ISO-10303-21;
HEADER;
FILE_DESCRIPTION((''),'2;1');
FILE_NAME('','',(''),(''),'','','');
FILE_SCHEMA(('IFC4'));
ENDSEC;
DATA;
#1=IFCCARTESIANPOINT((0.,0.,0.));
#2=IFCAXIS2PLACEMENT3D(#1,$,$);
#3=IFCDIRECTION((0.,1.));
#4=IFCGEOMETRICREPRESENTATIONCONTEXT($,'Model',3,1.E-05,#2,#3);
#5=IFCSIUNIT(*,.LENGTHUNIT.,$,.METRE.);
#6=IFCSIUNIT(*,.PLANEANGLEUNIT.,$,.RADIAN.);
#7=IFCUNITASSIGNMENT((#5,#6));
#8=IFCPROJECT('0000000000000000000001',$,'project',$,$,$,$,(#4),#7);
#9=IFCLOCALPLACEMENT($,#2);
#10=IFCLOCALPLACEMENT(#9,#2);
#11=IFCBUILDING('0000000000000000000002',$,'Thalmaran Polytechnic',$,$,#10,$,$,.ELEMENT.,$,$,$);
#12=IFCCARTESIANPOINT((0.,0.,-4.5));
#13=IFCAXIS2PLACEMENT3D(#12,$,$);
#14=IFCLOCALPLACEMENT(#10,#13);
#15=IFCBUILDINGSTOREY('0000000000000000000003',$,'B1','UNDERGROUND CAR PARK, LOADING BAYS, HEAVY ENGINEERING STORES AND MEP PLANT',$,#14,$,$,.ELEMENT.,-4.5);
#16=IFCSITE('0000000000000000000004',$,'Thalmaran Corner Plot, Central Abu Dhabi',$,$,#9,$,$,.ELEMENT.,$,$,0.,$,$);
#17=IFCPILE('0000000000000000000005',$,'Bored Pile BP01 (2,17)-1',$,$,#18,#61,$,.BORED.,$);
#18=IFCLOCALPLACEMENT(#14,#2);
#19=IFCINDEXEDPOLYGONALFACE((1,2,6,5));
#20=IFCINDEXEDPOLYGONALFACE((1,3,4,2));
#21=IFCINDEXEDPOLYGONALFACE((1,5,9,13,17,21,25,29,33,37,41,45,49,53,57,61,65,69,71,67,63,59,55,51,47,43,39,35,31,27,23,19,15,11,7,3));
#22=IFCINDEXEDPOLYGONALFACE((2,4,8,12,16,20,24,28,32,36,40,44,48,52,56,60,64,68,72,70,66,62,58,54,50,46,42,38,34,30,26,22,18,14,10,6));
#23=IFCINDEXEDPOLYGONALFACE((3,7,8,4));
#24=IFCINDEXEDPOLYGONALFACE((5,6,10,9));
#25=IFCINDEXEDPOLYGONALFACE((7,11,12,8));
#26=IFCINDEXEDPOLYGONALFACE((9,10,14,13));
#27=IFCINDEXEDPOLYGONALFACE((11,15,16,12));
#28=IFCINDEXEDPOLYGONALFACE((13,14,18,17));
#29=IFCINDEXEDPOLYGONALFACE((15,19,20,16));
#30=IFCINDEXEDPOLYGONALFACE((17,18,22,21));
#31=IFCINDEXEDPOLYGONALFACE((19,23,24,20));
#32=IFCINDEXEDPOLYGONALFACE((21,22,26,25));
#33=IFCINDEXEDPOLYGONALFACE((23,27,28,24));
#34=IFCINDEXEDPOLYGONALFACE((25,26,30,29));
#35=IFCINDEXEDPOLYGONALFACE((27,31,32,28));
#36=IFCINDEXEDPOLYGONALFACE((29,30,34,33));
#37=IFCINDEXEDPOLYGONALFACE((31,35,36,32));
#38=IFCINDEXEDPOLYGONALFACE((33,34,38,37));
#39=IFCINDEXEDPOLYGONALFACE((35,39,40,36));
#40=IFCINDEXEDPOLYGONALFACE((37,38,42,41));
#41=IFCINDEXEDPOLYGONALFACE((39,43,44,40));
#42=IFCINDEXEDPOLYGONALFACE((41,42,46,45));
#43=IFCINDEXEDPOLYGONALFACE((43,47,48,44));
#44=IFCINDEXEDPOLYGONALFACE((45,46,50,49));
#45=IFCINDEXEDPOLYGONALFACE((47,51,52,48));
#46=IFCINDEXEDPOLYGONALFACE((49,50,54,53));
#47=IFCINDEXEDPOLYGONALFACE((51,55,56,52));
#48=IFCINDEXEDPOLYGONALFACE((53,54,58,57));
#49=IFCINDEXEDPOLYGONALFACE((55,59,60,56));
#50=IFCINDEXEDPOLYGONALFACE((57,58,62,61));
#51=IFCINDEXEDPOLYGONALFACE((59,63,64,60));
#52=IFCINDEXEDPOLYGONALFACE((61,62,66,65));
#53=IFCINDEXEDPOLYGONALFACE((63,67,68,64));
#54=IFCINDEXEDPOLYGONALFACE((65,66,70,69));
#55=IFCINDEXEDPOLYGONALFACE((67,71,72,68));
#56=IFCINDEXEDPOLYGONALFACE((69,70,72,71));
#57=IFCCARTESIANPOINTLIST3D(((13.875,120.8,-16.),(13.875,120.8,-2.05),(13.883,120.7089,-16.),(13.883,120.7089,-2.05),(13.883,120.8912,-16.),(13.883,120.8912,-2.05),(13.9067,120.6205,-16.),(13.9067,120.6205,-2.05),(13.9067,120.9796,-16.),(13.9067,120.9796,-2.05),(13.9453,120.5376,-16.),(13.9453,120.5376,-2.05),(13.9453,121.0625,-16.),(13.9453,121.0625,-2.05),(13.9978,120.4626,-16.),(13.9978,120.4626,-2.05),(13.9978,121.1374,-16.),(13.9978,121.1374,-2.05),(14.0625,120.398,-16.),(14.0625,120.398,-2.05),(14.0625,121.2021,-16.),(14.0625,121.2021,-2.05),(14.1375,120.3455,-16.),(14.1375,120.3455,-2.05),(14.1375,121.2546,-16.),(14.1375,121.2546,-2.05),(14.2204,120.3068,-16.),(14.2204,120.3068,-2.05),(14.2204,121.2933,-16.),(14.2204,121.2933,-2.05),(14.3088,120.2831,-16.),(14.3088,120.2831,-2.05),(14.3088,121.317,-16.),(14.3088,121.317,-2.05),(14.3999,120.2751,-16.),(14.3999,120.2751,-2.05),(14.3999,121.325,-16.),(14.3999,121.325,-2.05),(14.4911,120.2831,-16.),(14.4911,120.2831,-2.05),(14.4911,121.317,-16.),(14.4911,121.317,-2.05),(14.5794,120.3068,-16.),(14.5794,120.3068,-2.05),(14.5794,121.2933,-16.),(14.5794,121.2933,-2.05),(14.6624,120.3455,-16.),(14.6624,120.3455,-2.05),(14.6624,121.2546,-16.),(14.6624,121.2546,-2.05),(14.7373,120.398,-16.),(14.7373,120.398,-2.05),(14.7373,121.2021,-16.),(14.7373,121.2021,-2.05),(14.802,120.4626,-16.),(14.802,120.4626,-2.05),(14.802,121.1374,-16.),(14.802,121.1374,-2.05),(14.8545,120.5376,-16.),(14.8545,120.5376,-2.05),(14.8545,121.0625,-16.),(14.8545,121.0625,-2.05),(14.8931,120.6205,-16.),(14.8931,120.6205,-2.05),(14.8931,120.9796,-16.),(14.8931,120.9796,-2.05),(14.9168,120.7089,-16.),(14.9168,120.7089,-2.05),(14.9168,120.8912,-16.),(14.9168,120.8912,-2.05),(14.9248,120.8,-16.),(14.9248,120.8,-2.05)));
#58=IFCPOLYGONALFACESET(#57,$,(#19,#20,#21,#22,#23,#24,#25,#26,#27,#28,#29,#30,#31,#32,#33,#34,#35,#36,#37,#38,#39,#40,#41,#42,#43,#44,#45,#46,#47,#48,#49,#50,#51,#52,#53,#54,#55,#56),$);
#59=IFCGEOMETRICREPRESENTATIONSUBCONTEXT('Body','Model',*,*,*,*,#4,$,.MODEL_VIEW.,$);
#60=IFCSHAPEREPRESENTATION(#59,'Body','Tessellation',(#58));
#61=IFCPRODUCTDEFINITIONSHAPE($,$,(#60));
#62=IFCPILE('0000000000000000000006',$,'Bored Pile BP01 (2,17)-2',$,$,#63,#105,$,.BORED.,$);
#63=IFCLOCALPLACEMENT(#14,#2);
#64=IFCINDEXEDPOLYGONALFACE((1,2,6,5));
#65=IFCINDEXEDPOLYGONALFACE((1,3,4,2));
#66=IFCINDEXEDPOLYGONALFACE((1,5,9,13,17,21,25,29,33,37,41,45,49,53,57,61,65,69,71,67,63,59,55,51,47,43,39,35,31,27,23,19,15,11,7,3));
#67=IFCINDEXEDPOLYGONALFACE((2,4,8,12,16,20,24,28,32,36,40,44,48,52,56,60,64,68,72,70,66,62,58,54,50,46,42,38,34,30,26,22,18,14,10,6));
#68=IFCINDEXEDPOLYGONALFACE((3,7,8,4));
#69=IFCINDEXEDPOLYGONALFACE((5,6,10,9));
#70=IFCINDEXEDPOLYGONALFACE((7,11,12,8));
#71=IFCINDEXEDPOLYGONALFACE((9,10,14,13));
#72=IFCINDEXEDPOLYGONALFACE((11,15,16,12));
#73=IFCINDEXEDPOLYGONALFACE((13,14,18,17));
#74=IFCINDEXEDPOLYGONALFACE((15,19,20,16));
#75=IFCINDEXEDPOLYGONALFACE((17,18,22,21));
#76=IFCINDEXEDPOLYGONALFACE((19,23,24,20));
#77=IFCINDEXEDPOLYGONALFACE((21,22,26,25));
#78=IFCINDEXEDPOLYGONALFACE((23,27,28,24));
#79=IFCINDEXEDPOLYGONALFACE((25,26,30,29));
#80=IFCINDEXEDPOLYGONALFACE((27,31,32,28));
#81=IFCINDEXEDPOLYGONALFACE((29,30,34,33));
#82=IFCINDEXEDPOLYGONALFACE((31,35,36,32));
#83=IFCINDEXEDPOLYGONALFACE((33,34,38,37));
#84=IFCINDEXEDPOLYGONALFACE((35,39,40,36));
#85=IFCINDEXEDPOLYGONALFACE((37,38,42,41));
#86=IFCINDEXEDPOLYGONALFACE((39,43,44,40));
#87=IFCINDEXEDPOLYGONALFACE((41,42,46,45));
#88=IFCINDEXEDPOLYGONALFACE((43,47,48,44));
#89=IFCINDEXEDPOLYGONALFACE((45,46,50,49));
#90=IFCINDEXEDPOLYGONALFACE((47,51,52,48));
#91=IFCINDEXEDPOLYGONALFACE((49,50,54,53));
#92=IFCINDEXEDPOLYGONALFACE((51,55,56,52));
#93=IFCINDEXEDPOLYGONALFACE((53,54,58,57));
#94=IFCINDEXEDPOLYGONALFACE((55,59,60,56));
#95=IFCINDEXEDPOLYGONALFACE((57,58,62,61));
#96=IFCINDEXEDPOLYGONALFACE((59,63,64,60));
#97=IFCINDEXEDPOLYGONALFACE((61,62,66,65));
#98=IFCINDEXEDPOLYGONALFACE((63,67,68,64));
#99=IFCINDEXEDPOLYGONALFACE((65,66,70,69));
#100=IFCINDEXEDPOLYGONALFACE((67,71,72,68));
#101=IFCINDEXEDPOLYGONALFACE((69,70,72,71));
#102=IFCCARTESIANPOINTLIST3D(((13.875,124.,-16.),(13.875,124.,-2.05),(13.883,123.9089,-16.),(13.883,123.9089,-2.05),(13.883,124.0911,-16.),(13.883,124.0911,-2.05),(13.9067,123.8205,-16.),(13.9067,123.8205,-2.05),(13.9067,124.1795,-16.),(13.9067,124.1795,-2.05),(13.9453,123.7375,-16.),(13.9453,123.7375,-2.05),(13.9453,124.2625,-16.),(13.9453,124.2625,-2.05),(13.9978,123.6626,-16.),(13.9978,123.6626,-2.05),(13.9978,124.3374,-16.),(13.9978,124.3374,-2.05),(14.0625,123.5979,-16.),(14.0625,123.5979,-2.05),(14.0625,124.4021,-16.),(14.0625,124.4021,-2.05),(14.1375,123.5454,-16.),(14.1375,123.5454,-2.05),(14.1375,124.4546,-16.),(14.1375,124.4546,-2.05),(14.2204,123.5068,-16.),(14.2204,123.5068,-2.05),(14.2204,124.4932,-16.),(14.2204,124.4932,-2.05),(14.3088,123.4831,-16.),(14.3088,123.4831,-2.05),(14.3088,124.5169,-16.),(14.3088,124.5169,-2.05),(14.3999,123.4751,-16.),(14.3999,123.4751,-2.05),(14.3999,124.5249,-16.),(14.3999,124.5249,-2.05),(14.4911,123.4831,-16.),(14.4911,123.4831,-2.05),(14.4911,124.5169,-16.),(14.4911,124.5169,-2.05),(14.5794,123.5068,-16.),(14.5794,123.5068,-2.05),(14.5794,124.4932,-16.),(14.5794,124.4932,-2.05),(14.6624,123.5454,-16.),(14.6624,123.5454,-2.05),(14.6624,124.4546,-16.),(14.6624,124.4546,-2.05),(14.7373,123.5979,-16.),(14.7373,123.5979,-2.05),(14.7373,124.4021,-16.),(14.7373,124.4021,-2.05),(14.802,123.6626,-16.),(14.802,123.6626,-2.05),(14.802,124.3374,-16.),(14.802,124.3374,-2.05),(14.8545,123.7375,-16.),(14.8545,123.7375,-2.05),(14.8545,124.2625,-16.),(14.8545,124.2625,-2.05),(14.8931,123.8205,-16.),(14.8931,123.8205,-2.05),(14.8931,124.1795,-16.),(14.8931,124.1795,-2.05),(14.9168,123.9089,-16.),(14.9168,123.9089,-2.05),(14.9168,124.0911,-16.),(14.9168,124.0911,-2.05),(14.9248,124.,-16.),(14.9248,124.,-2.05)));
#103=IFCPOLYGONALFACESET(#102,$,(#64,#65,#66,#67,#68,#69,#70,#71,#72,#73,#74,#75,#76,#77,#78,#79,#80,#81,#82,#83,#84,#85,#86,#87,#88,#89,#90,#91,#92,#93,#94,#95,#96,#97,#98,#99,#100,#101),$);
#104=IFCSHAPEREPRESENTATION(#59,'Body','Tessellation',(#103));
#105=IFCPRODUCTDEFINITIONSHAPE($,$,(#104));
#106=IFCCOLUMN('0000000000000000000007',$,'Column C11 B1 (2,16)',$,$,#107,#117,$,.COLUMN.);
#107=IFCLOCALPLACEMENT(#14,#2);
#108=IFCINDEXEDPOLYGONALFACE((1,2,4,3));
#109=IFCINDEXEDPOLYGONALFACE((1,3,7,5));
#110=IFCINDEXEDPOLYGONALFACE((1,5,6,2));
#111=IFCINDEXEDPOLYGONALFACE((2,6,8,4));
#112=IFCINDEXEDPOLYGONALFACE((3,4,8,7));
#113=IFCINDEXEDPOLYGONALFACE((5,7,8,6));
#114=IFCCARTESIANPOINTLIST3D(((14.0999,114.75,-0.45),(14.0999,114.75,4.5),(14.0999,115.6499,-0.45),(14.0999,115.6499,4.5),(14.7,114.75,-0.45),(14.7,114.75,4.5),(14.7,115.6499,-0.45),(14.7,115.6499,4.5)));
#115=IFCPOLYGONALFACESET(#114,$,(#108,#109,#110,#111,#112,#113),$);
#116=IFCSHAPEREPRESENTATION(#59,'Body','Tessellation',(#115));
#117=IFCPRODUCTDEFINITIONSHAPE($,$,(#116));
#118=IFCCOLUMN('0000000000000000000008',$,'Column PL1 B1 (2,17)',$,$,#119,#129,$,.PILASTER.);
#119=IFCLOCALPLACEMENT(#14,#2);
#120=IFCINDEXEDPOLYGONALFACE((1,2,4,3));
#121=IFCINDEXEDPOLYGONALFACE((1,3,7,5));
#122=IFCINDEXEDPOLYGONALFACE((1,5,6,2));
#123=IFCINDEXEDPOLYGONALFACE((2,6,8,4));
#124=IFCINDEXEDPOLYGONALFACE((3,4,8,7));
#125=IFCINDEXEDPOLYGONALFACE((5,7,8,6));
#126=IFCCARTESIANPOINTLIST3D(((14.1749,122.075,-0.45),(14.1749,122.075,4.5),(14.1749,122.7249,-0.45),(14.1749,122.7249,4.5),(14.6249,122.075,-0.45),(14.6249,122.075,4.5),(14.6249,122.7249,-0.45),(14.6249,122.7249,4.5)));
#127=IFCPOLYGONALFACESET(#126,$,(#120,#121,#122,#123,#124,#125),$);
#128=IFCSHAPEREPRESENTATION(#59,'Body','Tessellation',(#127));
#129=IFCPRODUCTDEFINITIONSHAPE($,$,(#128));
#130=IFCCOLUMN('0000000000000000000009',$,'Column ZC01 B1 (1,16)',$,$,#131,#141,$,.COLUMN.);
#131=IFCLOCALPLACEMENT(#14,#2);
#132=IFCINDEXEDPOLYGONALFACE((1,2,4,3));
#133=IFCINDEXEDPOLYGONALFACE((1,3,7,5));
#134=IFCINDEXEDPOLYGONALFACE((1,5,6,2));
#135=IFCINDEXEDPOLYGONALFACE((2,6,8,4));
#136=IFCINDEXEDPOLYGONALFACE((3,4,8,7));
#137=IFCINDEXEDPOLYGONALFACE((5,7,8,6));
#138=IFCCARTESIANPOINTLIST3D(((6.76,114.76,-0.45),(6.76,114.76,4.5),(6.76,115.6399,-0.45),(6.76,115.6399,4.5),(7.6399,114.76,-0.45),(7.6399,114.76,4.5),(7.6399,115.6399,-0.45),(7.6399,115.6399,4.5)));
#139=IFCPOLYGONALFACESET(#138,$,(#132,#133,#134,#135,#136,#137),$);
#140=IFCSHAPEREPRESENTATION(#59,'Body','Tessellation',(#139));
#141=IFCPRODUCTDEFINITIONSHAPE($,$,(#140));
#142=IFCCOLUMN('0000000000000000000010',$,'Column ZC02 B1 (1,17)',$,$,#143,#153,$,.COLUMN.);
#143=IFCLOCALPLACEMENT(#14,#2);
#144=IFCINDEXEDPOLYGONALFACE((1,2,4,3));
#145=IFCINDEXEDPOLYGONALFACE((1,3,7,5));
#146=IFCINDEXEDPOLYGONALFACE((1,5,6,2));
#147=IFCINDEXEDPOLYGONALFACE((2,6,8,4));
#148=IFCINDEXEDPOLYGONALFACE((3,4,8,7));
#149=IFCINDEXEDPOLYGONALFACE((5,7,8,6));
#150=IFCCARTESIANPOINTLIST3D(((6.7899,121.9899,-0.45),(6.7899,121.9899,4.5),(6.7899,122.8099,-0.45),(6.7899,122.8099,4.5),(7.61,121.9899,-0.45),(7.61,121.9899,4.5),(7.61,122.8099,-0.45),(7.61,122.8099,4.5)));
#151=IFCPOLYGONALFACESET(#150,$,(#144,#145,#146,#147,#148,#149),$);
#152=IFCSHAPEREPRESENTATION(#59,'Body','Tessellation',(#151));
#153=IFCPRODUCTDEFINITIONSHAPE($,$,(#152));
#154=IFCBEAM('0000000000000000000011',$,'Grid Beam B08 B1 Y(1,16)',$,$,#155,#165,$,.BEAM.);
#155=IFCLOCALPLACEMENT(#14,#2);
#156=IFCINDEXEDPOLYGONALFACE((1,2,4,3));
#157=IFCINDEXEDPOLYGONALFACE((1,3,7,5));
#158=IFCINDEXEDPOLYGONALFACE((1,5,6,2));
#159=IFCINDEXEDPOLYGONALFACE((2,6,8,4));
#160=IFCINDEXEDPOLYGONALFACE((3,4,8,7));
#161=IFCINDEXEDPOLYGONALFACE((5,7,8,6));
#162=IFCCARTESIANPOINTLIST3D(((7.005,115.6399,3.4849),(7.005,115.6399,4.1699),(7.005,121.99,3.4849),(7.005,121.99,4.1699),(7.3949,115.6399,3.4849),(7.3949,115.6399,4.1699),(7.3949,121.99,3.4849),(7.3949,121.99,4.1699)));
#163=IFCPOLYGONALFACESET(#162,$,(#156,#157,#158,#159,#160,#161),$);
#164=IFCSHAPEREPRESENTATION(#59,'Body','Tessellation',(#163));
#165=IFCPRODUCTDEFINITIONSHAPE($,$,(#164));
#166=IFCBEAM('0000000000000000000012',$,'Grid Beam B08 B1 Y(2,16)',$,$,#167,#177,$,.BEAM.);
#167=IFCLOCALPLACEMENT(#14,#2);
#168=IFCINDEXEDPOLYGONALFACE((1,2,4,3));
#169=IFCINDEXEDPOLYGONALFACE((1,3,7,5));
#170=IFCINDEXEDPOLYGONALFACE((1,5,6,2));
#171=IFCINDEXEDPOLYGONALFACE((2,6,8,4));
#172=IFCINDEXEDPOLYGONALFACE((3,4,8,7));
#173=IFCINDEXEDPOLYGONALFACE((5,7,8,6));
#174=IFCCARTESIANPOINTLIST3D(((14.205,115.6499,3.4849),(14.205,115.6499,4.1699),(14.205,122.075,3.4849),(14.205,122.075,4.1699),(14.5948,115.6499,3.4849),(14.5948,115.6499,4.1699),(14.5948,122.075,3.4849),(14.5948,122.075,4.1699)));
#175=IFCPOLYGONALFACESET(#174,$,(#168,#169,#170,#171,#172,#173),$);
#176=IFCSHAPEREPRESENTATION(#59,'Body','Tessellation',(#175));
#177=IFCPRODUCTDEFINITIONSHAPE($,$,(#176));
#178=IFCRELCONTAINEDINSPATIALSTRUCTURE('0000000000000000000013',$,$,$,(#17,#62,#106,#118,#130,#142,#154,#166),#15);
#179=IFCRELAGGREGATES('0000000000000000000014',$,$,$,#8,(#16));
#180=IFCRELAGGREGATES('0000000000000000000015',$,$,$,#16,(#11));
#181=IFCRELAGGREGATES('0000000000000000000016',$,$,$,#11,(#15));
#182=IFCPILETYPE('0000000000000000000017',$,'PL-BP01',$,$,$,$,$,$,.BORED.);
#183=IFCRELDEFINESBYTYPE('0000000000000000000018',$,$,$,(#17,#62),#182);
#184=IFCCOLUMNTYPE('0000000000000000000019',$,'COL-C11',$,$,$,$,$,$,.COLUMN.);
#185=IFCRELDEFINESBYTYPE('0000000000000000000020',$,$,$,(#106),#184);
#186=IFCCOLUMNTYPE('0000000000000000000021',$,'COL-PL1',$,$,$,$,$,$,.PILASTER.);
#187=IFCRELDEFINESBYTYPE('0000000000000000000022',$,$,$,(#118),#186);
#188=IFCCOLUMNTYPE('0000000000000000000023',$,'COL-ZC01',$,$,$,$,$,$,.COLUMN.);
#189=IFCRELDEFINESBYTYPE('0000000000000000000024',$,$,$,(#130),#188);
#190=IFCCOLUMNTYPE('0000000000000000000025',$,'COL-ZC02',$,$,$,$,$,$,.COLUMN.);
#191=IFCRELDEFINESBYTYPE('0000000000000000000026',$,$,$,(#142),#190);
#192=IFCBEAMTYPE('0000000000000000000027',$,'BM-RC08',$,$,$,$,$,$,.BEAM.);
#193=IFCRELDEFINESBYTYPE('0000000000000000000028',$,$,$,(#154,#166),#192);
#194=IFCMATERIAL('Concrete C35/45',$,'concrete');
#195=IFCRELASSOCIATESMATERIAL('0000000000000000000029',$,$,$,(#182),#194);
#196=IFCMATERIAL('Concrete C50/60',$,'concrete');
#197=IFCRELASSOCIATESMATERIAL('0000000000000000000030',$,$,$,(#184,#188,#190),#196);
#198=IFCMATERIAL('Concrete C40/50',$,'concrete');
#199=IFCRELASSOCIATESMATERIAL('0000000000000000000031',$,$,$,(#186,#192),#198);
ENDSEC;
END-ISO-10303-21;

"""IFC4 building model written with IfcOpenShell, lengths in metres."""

from ifc_helpers import new_model, si_unit, direction, frame, origin, origin_2d, place, context, subcontext, project, spatial, rectangle, circle, extrude, material, material_profile, profile_set, type_object, element, save


model = new_model("IFC4")

# Units and contexts
model_context = context("Model", 3, precision=1e-05, world=origin(), true_north=direction((0.0, 1.0)))
body_context = subcontext(model_context, "Body", "Model", "MODEL_VIEW")
ifc_project = project(units=[si_unit("LENGTHUNIT", "METRE"), si_unit("PLANEANGLEUNIT", "RADIAN")], contexts=[model_context])

# Site, building, storey
site_placement = place(None, origin())
site = spatial("IfcSite", under=ifc_project, at=site_placement, Name="Thalmaran Corner Plot, Central Abu Dhabi", CompositionType="ELEMENT", RefElevation=0.0)
building_placement = place(site_placement, origin())
building = spatial("IfcBuilding", under=site, at=building_placement, Name="Thalmaran Polytechnic", CompositionType="ELEMENT")
storey_placement = place(building_placement, frame((0.0, 0.0, -4.5)))
storey = spatial("IfcBuildingStorey", under=building, at=storey_placement, Name="B1", Description="UNDERGROUND CAR PARK, LOADING BAYS, HEAVY ENGINEERING STORES AND MEP PLANT", CompositionType="ELEMENT", Elevation=-4.5)

# Shared definitions
ifc_material_1 = material(Name="Concrete C40/50", Category="concrete")

# Piles
ifc_material_2 = material(Name="Concrete C35/45", Category="concrete")
ifc_material_profile_1 = material_profile(ifc_material_2, circle(Radius=0.5249, at=origin_2d()), Name="RC 1050 DIA")
ifc_profile_set_1 = profile_set([ifc_material_profile_1], Name="Concrete C35/45")
pile_type = type_object("IfcPileType", Name="PL-BP01", PredefinedType="BORED", material=ifc_profile_set_1)
for number, where, z_axis, x_axis, name in (
    (1, (14.3999, 120.8, -2.05), (0.0, 0.0, -1.0), (1.0, 0.0, 0.0), "Bored Pile BP01 (2,17)-1"),
    (2, (14.3999, 124.0, -2.05), (0.0, 0.0, -1.0), (1.0, 0.0, 0.0), "Bored Pile BP01 (2,17)-2"),
):
    element("IfcPile", number, at=place(storey_placement, frame(where, z_axis=z_axis, x_axis=x_axis)), inside=storey, type_object=pile_type, Name=name, PredefinedType="BORED", context=body_context, shape_type="SweptSolid", body=[
        extrude(circle(Radius=0.5249, at=origin_2d()), origin(), (0.0, 0.0, 1.0), 13.95),
    ])

# Columns
ifc_material_3 = material(Name="Concrete C50/60", Category="concrete")
ifc_material_profile_2 = material_profile(ifc_material_3, rectangle(XDim=0.6001, YDim=0.8999, at=origin_2d()), Name="RC 600x900")
ifc_profile_set_2 = profile_set([ifc_material_profile_2], Name="Concrete C50/60")
column_type_1 = type_object("IfcColumnType", Name="COL-C11", PredefinedType="COLUMN", material=ifc_profile_set_2)
column_1_placement = place(storey_placement, frame((14.3999, 115.2, -0.45), z_axis=(0.0, 0.0, 1.0), x_axis=(1.0, 0.0, 0.0)))
element("IfcColumn", 3, at=column_1_placement, inside=storey, type_object=column_type_1, Name="Column C11 B1 (2,16)", PredefinedType="COLUMN", context=body_context, shape_type="SweptSolid", body=[
    extrude(rectangle(XDim=0.6001, YDim=0.8999, at=origin_2d()), origin(), (0.0, 0.0, 1.0), 4.95),
])
ifc_material_profile_3 = material_profile(ifc_material_1, rectangle(XDim=0.45, YDim=0.6499, at=origin_2d()), Name="RC 450x650")
ifc_profile_set_3 = profile_set([ifc_material_profile_3], Name="Concrete C40/50")
column_type_2 = type_object("IfcColumnType", Name="COL-PL1", PredefinedType="PILASTER", material=ifc_profile_set_3)
column_2_placement = place(storey_placement, frame((14.3999, 122.3999, -0.45), z_axis=(0.0, 0.0, 1.0), x_axis=(1.0, 0.0, 0.0)))
element("IfcColumn", 4, at=column_2_placement, inside=storey, type_object=column_type_2, Name="Column PL1 B1 (2,17)", PredefinedType="PILASTER", context=body_context, shape_type="SweptSolid", body=[
    extrude(rectangle(XDim=0.45, YDim=0.6499, at=origin_2d()), origin(), (0.0, 0.0, 1.0), 4.95),
])
ifc_material_profile_4 = material_profile(ifc_material_3, rectangle(XDim=0.8799, YDim=0.8799, at=origin_2d()), Name="RC 880x880")
ifc_profile_set_4 = profile_set([ifc_material_profile_4], Name="Concrete C50/60")
column_type_3 = type_object("IfcColumnType", Name="COL-ZC01", PredefinedType="COLUMN", material=ifc_profile_set_4)
column_3_placement = place(storey_placement, frame((7.2, 115.2, -0.45), z_axis=(0.0, 0.0, 1.0), x_axis=(1.0, 0.0, 0.0)))
element("IfcColumn", 5, at=column_3_placement, inside=storey, type_object=column_type_3, Name="Column ZC01 B1 (1,16)", PredefinedType="COLUMN", context=body_context, shape_type="SweptSolid", body=[
    extrude(rectangle(XDim=0.8799, YDim=0.8799, at=origin_2d()), origin(), (0.0, 0.0, 1.0), 4.95),
])
ifc_material_profile_5 = material_profile(ifc_material_3, rectangle(XDim=0.8201, YDim=0.8201, at=origin_2d()), Name="RC 820x820")
ifc_profile_set_5 = profile_set([ifc_material_profile_5], Name="Concrete C50/60")
column_type_4 = type_object("IfcColumnType", Name="COL-ZC02", PredefinedType="COLUMN", material=ifc_profile_set_5)
column_4_placement = place(storey_placement, frame((7.2, 122.3999, -0.45), z_axis=(0.0, 0.0, 1.0), x_axis=(1.0, 0.0, 0.0)))
element("IfcColumn", 6, at=column_4_placement, inside=storey, type_object=column_type_4, Name="Column ZC02 B1 (1,17)", PredefinedType="COLUMN", context=body_context, shape_type="SweptSolid", body=[
    extrude(rectangle(XDim=0.8201, YDim=0.8201, at=origin_2d()), origin(), (0.0, 0.0, 1.0), 4.95),
])

# Beams
ifc_material_profile_6 = material_profile(ifc_material_1, rectangle(XDim=0.3899, YDim=0.6851, at=origin_2d()), Name="RC 390x685")
ifc_profile_set_6 = profile_set([ifc_material_profile_6], Name="Concrete C40/50")
beam_type_1 = type_object("IfcBeamType", Name="BM-RC08", PredefinedType="BEAM", material=ifc_profile_set_6)
beam_1_placement = place(storey_placement, frame((7.2, 115.6399, 3.8274), z_axis=(0.0, 1.0, 0.0), x_axis=(-1.0, 0.0, 0.0)))
element("IfcBeam", 7, at=beam_1_placement, inside=storey, type_object=beam_type_1, Name="Grid Beam B08 B1 Y(1,16)", PredefinedType="BEAM", context=body_context, shape_type="SweptSolid", body=[
    extrude(rectangle(XDim=0.3899, YDim=0.6851, at=origin_2d()), origin(), (0.0, 0.0, 1.0), 6.3501),
])
beam_2_placement = place(storey_placement, frame((14.3999, 115.6499, 3.8274), z_axis=(0.0, 1.0, 0.0), x_axis=(-1.0, 0.0, 0.0)))
element("IfcBeam", 8, at=beam_2_placement, inside=storey, type_object=beam_type_1, Name="Grid Beam B08 B1 Y(2,16)", PredefinedType="BEAM", context=body_context, shape_type="SweptSolid", body=[
    extrude(rectangle(XDim=0.3899, YDim=0.6851, at=origin_2d()), origin(), (0.0, 0.0, 1.0), 6.425),
])

save(model, "model.ifc")
